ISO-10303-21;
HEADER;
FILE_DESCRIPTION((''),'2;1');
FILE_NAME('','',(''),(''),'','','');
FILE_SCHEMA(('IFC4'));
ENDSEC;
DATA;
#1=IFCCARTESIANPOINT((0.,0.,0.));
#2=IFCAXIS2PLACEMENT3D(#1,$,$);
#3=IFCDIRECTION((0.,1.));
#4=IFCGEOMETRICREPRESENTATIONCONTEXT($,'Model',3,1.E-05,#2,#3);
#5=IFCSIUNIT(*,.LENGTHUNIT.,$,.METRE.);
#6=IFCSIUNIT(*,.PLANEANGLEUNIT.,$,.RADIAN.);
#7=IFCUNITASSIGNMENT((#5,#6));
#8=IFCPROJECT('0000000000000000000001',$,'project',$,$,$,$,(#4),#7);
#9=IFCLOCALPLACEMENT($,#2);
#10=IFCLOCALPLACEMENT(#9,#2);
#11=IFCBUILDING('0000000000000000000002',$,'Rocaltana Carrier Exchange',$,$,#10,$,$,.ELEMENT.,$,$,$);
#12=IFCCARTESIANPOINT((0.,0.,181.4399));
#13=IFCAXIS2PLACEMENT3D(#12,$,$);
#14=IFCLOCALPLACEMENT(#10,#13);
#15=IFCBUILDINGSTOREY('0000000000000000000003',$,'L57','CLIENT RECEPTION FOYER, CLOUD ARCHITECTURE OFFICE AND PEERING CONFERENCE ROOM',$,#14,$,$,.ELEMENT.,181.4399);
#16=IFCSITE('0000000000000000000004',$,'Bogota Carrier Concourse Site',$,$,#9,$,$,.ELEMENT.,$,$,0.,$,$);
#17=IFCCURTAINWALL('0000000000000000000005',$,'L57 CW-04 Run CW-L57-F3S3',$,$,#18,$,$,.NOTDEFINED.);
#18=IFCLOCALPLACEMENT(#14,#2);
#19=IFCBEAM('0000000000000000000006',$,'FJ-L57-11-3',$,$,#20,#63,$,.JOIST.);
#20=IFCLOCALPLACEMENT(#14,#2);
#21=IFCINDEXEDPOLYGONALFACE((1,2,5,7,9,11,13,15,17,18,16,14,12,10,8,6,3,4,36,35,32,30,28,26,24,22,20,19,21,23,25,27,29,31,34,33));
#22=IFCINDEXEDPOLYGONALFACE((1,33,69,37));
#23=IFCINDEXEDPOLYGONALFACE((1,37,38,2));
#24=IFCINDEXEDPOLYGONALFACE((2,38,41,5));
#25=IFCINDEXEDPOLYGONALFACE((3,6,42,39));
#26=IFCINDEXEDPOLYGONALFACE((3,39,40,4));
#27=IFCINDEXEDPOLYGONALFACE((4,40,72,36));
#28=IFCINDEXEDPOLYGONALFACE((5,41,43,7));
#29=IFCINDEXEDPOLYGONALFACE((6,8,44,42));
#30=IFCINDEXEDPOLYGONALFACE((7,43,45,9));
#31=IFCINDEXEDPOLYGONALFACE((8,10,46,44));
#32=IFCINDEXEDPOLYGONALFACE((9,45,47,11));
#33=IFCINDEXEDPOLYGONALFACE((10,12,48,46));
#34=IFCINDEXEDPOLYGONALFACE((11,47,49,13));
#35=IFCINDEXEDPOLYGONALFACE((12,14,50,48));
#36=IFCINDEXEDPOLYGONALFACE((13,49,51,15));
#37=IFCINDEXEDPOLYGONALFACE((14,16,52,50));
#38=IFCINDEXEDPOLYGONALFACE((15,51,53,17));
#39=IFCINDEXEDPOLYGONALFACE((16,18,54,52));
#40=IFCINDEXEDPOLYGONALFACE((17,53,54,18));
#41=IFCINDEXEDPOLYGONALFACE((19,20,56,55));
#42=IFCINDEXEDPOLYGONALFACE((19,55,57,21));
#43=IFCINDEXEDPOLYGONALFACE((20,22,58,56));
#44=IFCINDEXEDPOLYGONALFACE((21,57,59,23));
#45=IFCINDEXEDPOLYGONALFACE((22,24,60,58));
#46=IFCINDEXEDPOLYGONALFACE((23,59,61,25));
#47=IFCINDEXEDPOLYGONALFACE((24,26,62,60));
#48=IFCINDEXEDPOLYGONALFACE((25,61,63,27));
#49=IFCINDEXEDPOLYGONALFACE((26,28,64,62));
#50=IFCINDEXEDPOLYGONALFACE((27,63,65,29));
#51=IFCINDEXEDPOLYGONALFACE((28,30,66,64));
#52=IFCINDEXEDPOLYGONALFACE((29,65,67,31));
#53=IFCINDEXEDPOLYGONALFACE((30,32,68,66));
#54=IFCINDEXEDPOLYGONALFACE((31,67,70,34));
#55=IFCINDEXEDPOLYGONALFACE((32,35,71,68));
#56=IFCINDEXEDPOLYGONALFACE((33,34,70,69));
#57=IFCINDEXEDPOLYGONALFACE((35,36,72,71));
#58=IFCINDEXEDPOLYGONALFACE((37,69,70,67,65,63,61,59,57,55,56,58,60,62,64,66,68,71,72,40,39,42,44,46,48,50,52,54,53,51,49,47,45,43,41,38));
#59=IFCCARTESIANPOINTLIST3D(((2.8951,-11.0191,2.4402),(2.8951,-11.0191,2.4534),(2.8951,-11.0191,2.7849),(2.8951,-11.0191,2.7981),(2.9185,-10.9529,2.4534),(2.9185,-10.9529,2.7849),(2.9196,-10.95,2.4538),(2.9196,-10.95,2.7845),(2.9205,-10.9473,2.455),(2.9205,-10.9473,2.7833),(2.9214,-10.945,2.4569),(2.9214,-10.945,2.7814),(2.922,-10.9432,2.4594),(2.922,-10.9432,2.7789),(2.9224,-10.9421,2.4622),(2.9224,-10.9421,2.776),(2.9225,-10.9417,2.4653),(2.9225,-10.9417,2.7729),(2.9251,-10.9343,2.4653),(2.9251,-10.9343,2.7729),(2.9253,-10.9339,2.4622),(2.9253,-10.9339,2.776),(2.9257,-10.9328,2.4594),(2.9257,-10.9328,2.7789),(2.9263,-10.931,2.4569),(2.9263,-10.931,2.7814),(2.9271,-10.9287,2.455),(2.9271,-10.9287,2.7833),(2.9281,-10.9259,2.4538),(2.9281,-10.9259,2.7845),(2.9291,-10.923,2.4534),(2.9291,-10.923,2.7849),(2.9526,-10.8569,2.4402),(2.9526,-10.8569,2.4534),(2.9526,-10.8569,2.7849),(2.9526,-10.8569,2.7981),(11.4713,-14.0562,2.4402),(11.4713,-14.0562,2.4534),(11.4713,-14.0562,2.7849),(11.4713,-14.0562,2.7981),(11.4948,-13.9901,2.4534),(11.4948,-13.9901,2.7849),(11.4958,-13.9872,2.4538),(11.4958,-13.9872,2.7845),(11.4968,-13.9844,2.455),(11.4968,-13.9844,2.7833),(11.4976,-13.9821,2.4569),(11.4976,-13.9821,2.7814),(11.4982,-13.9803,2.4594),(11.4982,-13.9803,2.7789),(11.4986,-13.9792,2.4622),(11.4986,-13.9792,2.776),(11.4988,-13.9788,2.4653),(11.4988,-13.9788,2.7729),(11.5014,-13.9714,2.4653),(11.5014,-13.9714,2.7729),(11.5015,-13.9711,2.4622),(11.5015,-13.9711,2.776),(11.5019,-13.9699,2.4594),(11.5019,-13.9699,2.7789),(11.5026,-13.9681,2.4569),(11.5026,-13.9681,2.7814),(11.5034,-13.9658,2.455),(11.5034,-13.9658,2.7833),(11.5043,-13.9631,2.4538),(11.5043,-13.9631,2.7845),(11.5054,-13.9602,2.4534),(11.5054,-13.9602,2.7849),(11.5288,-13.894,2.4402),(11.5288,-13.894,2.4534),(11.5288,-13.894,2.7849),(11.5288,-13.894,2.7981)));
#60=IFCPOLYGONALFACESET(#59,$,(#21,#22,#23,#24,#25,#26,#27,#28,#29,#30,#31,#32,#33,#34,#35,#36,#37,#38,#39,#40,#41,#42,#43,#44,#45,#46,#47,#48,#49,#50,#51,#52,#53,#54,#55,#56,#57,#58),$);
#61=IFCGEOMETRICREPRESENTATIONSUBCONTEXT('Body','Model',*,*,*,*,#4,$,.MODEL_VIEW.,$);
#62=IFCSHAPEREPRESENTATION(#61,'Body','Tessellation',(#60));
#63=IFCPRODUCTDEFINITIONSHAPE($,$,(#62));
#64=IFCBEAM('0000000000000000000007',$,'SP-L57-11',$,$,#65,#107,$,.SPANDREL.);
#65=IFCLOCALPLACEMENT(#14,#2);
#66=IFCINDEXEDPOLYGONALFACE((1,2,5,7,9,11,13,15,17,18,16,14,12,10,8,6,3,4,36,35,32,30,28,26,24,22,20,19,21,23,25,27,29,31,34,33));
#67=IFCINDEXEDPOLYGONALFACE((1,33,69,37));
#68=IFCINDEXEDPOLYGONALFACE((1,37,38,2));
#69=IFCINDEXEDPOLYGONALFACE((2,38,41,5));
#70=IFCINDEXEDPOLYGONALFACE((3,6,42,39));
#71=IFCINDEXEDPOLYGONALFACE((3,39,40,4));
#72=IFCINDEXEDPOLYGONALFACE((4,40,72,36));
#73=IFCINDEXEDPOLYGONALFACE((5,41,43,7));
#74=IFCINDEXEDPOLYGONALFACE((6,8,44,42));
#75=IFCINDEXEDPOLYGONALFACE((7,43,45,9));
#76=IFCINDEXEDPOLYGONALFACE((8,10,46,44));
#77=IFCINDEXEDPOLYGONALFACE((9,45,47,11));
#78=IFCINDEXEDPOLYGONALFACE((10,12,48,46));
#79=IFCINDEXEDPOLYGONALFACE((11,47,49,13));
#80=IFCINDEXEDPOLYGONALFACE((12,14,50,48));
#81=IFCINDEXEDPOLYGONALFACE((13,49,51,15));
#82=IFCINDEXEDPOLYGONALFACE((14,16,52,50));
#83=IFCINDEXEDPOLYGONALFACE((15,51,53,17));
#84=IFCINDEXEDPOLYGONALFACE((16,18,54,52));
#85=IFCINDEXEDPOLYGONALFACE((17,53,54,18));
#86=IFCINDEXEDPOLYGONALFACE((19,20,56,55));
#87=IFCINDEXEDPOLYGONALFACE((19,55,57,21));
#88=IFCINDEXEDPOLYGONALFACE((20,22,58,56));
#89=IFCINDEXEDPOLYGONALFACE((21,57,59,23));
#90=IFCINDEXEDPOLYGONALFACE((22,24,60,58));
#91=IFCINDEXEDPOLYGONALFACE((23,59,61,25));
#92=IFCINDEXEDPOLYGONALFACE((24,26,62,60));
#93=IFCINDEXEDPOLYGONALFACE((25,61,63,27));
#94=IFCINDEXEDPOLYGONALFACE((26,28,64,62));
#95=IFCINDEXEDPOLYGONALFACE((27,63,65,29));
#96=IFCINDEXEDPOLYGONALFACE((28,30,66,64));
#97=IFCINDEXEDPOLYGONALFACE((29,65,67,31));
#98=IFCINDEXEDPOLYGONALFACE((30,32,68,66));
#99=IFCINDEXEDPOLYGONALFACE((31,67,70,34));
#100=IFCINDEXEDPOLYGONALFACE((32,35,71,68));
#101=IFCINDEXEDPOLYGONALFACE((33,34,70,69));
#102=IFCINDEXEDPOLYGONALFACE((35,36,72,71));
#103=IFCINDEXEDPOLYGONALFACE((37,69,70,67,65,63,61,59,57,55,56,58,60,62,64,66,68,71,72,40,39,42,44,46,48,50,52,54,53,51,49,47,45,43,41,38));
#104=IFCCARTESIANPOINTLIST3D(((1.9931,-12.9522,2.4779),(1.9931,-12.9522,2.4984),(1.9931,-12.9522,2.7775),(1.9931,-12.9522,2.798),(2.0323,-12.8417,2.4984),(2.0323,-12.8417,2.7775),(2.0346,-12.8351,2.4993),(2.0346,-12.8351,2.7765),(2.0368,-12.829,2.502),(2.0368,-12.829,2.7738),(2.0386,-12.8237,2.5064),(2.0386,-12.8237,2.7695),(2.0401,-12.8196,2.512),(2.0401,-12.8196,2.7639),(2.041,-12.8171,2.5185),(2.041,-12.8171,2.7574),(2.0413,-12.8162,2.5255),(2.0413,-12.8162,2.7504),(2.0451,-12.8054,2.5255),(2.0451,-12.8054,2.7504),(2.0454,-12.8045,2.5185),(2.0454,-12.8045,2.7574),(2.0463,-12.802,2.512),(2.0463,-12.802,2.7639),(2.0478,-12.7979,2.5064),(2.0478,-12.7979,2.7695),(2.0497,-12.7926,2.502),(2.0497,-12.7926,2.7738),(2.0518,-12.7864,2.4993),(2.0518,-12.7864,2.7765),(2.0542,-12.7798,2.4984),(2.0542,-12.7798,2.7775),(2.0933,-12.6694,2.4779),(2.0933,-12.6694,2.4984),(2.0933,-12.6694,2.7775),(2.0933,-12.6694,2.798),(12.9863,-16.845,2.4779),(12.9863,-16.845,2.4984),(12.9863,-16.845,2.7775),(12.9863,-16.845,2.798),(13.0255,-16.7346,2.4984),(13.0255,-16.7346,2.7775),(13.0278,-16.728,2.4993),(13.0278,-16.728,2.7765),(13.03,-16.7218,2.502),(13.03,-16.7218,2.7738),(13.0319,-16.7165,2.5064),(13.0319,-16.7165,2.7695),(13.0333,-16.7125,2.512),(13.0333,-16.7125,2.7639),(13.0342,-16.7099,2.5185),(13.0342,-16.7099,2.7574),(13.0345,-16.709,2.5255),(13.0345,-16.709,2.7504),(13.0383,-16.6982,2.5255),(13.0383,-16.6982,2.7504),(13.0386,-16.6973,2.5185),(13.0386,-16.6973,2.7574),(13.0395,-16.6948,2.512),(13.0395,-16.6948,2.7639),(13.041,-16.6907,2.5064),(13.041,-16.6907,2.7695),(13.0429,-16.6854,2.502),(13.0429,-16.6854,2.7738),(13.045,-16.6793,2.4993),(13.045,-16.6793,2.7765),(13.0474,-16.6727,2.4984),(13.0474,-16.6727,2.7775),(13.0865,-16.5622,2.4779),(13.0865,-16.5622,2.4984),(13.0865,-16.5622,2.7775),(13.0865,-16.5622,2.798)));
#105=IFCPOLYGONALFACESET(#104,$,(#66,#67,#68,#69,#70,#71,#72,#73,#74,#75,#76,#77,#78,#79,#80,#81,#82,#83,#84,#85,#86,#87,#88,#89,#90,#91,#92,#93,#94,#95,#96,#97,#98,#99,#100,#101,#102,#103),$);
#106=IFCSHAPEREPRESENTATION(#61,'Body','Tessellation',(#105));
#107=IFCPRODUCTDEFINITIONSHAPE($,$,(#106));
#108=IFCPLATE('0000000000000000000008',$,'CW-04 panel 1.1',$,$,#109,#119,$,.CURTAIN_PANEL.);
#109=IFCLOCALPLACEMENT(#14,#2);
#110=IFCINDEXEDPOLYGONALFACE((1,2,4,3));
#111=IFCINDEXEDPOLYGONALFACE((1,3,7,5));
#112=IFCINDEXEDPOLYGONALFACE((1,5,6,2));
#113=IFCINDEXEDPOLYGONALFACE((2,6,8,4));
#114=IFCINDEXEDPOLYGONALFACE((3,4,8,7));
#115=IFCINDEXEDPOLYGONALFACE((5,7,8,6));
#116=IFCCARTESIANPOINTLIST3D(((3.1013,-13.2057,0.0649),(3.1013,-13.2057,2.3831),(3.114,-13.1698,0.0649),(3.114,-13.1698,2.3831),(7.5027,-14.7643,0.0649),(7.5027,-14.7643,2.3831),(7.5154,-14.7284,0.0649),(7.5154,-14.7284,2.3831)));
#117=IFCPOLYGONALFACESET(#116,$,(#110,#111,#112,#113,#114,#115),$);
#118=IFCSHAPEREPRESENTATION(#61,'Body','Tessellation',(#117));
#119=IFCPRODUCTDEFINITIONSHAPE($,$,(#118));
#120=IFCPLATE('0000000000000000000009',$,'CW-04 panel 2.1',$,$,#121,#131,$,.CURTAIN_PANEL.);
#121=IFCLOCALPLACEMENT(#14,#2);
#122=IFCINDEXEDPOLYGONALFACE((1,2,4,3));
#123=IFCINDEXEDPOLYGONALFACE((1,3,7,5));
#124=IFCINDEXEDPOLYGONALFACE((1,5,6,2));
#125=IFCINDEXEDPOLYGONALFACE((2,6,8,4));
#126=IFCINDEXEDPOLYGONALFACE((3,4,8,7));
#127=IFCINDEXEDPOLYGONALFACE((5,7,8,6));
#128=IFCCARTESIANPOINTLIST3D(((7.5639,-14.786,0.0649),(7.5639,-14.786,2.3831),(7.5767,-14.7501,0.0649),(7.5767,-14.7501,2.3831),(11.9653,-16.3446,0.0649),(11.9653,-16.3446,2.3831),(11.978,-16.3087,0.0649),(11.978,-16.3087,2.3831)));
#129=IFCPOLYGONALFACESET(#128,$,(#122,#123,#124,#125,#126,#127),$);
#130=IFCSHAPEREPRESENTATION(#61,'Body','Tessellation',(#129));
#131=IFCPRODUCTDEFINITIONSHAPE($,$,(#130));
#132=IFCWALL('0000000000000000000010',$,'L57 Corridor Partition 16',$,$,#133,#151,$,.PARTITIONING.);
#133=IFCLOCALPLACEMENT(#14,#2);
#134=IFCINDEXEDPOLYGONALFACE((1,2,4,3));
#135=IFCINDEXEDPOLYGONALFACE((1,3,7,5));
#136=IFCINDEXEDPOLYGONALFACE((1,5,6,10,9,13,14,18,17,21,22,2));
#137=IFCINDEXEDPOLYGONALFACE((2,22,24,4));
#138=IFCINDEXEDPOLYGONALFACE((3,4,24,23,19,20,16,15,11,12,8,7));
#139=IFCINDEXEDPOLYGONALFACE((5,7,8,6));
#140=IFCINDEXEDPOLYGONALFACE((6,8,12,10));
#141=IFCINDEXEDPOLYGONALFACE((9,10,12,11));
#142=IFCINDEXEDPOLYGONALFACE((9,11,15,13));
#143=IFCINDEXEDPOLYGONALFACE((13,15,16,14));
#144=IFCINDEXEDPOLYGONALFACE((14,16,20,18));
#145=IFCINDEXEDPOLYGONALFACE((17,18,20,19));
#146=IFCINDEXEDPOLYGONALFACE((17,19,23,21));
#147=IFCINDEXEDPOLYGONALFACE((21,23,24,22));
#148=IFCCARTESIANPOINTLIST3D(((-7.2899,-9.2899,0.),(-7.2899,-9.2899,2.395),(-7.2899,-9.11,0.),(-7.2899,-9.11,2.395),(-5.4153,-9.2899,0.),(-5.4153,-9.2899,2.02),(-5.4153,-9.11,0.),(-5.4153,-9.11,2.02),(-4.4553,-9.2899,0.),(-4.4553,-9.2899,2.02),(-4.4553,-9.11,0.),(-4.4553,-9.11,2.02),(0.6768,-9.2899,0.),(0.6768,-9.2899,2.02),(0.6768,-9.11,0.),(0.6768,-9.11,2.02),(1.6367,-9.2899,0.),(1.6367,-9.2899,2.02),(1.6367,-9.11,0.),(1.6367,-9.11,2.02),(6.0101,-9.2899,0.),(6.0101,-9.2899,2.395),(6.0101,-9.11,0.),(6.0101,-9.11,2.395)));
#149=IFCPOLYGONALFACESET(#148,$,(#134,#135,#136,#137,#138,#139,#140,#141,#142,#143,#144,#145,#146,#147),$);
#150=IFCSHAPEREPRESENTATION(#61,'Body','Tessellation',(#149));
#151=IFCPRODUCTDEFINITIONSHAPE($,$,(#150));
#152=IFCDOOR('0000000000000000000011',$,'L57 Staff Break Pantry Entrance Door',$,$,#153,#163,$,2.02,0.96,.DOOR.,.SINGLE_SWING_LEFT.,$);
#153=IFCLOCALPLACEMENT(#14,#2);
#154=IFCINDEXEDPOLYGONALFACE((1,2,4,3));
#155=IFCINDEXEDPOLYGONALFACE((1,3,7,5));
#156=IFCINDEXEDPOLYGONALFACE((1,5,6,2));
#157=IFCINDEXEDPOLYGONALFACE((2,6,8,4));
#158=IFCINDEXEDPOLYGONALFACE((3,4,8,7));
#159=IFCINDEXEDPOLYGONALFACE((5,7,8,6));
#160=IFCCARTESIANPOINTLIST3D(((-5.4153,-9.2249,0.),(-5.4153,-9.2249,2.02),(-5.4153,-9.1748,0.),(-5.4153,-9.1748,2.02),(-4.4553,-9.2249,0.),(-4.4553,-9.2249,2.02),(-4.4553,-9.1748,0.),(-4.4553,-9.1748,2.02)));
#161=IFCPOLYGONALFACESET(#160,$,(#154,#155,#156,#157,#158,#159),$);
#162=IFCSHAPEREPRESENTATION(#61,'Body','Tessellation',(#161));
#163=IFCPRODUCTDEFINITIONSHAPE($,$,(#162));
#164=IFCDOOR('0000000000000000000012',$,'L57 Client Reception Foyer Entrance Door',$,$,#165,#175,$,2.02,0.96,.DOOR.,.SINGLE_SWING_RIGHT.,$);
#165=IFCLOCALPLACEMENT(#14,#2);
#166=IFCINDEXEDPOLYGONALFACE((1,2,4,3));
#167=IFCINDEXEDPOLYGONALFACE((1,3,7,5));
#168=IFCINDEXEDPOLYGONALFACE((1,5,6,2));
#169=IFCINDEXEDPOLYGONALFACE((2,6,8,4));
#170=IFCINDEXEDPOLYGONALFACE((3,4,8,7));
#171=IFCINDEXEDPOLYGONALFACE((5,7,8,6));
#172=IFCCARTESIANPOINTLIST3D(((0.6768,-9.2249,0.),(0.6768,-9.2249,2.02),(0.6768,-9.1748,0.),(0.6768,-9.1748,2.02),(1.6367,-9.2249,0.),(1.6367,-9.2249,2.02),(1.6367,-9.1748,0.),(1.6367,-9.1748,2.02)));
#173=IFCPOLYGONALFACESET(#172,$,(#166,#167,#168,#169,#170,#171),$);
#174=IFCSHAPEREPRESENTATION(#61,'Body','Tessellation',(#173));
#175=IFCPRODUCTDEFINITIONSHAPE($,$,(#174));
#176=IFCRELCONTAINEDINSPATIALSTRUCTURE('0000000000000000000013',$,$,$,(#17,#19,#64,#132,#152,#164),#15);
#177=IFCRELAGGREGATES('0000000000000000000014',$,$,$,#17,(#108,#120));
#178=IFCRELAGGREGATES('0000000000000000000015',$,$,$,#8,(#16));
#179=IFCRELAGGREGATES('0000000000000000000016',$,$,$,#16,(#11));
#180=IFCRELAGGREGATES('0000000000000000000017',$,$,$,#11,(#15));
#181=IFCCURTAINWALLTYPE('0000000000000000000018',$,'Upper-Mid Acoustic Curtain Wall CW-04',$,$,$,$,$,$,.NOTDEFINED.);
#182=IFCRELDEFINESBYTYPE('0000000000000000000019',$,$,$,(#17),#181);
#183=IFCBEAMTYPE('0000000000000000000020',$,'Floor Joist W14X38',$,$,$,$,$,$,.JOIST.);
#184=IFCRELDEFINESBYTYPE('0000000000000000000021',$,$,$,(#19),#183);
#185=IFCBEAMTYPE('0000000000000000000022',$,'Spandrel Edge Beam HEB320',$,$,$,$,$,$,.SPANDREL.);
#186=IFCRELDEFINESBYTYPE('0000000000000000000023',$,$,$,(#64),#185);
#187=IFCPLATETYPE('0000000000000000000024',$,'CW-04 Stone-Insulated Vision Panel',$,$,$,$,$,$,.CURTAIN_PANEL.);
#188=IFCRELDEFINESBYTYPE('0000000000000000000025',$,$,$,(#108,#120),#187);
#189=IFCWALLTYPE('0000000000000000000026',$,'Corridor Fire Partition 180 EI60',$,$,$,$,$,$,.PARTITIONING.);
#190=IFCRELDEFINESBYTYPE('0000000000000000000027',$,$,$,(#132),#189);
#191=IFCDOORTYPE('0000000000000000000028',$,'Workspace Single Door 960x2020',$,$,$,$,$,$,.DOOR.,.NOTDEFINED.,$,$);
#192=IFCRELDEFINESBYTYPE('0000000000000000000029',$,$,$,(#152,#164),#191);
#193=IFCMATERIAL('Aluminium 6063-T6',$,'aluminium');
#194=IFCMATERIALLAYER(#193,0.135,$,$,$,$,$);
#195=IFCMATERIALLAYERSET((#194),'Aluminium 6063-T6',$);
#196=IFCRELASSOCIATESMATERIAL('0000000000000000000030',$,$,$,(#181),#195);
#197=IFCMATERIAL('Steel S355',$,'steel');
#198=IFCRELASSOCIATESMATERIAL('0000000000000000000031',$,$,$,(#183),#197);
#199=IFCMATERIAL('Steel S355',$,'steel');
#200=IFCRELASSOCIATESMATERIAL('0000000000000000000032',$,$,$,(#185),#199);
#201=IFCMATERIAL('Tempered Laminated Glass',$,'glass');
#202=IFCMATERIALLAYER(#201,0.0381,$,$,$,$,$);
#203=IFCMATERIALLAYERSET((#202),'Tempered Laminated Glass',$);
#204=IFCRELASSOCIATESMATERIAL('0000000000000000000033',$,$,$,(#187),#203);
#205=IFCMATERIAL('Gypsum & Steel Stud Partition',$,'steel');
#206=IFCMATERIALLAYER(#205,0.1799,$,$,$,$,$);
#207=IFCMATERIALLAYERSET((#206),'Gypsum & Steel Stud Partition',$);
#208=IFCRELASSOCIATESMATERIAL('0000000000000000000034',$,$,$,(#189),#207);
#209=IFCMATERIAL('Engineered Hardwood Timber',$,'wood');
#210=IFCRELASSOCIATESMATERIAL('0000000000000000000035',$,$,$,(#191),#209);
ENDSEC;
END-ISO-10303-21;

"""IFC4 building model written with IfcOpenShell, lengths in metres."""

from ifc_helpers import new_model, si_unit, direction, frame, frame_2d, origin, origin_2d, place, context, subcontext, project, spatial, rectangle, i_section, extrude, material, layer, layer_set, material_profile, profile_set, type_object, element, fill, aggregate, save


model = new_model("IFC4")

# Units and contexts
model_context = context("Model", 3, precision=1e-05, world=origin(), true_north=direction((0.0, 1.0)))
body_context = subcontext(model_context, "Body", "Model", "MODEL_VIEW")
ifc_project = project(units=[si_unit("LENGTHUNIT", "METRE"), si_unit("PLANEANGLEUNIT", "RADIAN")], contexts=[model_context])

# Site, building, storey
site_placement = place(None, origin())
site = spatial("IfcSite", under=ifc_project, at=site_placement, Name="Bogota Carrier Concourse Site", CompositionType="ELEMENT", RefElevation=0.0)
building_placement = place(site_placement, origin())
building = spatial("IfcBuilding", under=site, at=building_placement, Name="Rocaltana Carrier Exchange", CompositionType="ELEMENT")
storey_placement = place(building_placement, frame((0.0, 0.0, 181.4399)))
storey = spatial("IfcBuildingStorey", under=building, at=storey_placement, Name="L57", Description="CLIENT RECEPTION FOYER, CLOUD ARCHITECTURE OFFICE AND PEERING CONFERENCE ROOM", CompositionType="ELEMENT", Elevation=181.4399)

# Shared definitions
ifc_material_1 = material(Name="Aluminium 6063-T6", Category="aluminium")
ifc_layer_1 = layer(ifc_material_1, 0.135)
ifc_layer_set_1 = layer_set([ifc_layer_1], Name="Aluminium 6063-T6")
curtain_wall_type = type_object("IfcCurtainWallType", Name="Upper-Mid Acoustic Curtain Wall CW-04", PredefinedType="NOTDEFINED", material=ifc_layer_set_1)

# Curtain wall
curtain_wall_1_placement = place(storey_placement, origin())
curtain_wall_1 = element("IfcCurtainWall", 1, at=curtain_wall_1_placement, inside=storey, type_object=curtain_wall_type, Name="L57 CW-04 Run CW-L57-F3S3", PredefinedType="NOTDEFINED")

# Beams
ifc_material_2 = material(Name="Steel S355", Category="steel")
ifc_material_profile_1 = material_profile(ifc_material_2, i_section(OverallWidth=0.1721, OverallDepth=0.3579, WebThickness=0.0078, FlangeThickness=0.0132, FilletRadius=0.012, at=origin_2d()), Name="W14X38")
ifc_profile_set_1 = profile_set([ifc_material_profile_1], Name="Steel S355")
beam_type_1 = type_object("IfcBeamType", Name="Floor Joist W14X38", PredefinedType="JOIST", material=ifc_profile_set_1)
beam_1_placement = place(storey_placement, frame((2.9238, -10.938, 2.6191), z_axis=(0.942637, -0.333819, 0.0), x_axis=(0.333819, 0.942637, 0.0)))
element("IfcBeam", 2, at=beam_1_placement, inside=storey, type_object=beam_type_1, Name="FJ-L57-11-3", PredefinedType="JOIST", context=body_context, shape_type="SweptSolid", body=[
    extrude(i_section(OverallWidth=0.1721, OverallDepth=0.3579, WebThickness=0.0078, FlangeThickness=0.0132, FilletRadius=0.012, at=origin_2d()), origin(), (0.0, 0.0, 1.0), 9.0981),
])
ifc_material_3 = material(Name="Steel S355", Category="steel")
ifc_material_profile_2 = material_profile(ifc_material_3, i_section(OverallWidth=0.3, OverallDepth=0.3201, WebThickness=0.0115, FlangeThickness=0.0205, FilletRadius=0.0271, at=origin_2d()), Name="HEB320")
ifc_profile_set_2 = profile_set([ifc_material_profile_2], Name="Steel S355")
beam_type_2 = type_object("IfcBeamType", Name="Spandrel Edge Beam HEB320", PredefinedType="SPANDREL", material=ifc_profile_set_2)
beam_2_placement = place(storey_placement, frame((2.0432, -12.8108, 2.6379), z_axis=(0.942643, -0.333802, 0.0), x_axis=(0.333802, 0.942643, 0.0)))
element("IfcBeam", 3, at=beam_2_placement, inside=storey, type_object=beam_type_2, Name="SP-L57-11", PredefinedType="SPANDREL", context=body_context, shape_type="SweptSolid", body=[
    extrude(i_section(OverallWidth=0.3, OverallDepth=0.3201, WebThickness=0.0115, FlangeThickness=0.0205, FilletRadius=0.0271, at=origin_2d()), origin(), (0.0, 0.0, 1.0), 11.6621),
])

# Plates
ifc_material_4 = material(Name="Tempered Laminated Glass", Category="glass")
ifc_layer_2 = layer(ifc_material_4, 0.0381)
ifc_layer_set_2 = layer_set([ifc_layer_2], Name="Tempered Laminated Glass")
plate_type = type_object("IfcPlateType", Name="CW-04 Stone-Insulated Vision Panel", PredefinedType="CURTAIN_PANEL", material=ifc_layer_set_2)
plate_1_placement = place(storey_placement, frame((5.3083, -13.967, 0.0649), z_axis=(0.0, 0.0, 1.0), x_axis=(0.942644, -0.333799, 0.0)))
plate_1 = element("IfcPlate", 4, at=plate_1_placement, type_object=plate_type, Name="CW-04 panel 1.1", PredefinedType="CURTAIN_PANEL", context=body_context, shape_type="SweptSolid", body=[
    extrude(rectangle(XDim=4.6692, YDim=0.0381, at=origin_2d()), origin(), (0.0, 0.0, 1.0), 2.3181),
])
plate_2_placement = place(storey_placement, frame((9.771, -15.5474, 0.0649), z_axis=(0.0, 0.0, 1.0), x_axis=(0.942644, -0.333799, 0.0)))
plate_2 = element("IfcPlate", 5, at=plate_2_placement, type_object=plate_type, Name="CW-04 panel 2.1", PredefinedType="CURTAIN_PANEL", context=body_context, shape_type="SweptSolid", body=[
    extrude(rectangle(XDim=4.6692, YDim=0.0381, at=origin_2d()), origin(), (0.0, 0.0, 1.0), 2.3181),
])
aggregate(curtain_wall_1, [plate_1, plate_2])

# Wall, openings, doors
ifc_material_5 = material(Name="Gypsum & Steel Stud Partition", Category="steel")
ifc_layer_3 = layer(ifc_material_5, 0.1799)
ifc_layer_set_3 = layer_set([ifc_layer_3], Name="Gypsum & Steel Stud Partition")
wall_type_1 = type_object("IfcWallType", Name="Corridor Fire Partition 180 EI60", PredefinedType="PARTITIONING", material=ifc_layer_set_3)
wall_1_placement = place(storey_placement, frame((6.01, -9.2, 0.0), z_axis=(0.0, 0.0, 1.0), x_axis=(-1.0, 0.0, 0.0)))
wall_1 = element("IfcWall", 6, at=wall_1_placement, inside=storey, type_object=wall_type_1, Name="L57 Corridor Partition 16", PredefinedType="PARTITIONING", context=body_context, shape_type="SweptSolid", body=[
    extrude(rectangle(XDim=13.3, YDim=0.1799, at=frame_2d((6.6499, 0.0))), origin(), (0.0, 0.0, 1.0), 2.395),
])
opening_1_placement = place(wall_1_placement, frame((10.4653, 0.0, 0.0)))
opening_1 = element("IfcOpeningElement", 7, at=opening_1_placement, cuts=wall_1, PredefinedType="OPENING", context=body_context, shape_type="SweptSolid", body=[
    extrude(rectangle(XDim=0.96, YDim=2.02, at=frame_2d((0.48, 1.01))), frame((0.0, 0.0999, 0.0), z_axis=(0.0, -1.0, 0.0), x_axis=(1.0, 0.0, 0.0)), (0.0, 0.0, 1.0), 0.2),
])
opening_2_placement = place(wall_1_placement, frame((4.3733, 0.0, 0.0)))
opening_2 = element("IfcOpeningElement", 8, at=opening_2_placement, cuts=wall_1, PredefinedType="OPENING", context=body_context, shape_type="SweptSolid", body=[
    extrude(rectangle(XDim=0.96, YDim=2.02, at=frame_2d((0.48, 1.01))), frame((0.0, 0.0999, 0.0), z_axis=(0.0, -1.0, 0.0), x_axis=(1.0, 0.0, 0.0)), (0.0, 0.0, 1.0), 0.2),
])
ifc_material_6 = material(Name="Engineered Hardwood Timber", Category="wood")
door_type = type_object("IfcDoorType", Name="Workspace Single Door 960x2020", OperationType="NOTDEFINED", PredefinedType="DOOR", material=ifc_material_6)
door_1_placement = place(opening_1_placement, origin())
door_1 = element("IfcDoor", 9, at=door_1_placement, inside=storey, type_object=door_type, Name="L57 Staff Break Pantry Entrance Door", OperationType="SINGLE_SWING_LEFT", OverallHeight=2.02, OverallWidth=0.96, PredefinedType="DOOR", context=body_context, shape_type="SweptSolid", body=[
    extrude(rectangle(XDim=0.96, YDim=2.02, at=frame_2d((0.48, 1.01))), frame((0.0, 0.0249, 0.0), z_axis=(0.0, -1.0, 0.0), x_axis=(1.0, 0.0, 0.0)), (0.0, 0.0, 1.0), 0.05),
])
fill(opening_1, door_1)
door_2_placement = place(opening_2_placement, origin())
door_2 = element("IfcDoor", 10, at=door_2_placement, inside=storey, type_object=door_type, Name="L57 Client Reception Foyer Entrance Door", OperationType="SINGLE_SWING_RIGHT", OverallHeight=2.02, OverallWidth=0.96, PredefinedType="DOOR", context=body_context, shape_type="SweptSolid", body=[
    extrude(rectangle(XDim=0.96, YDim=2.02, at=frame_2d((0.48, 1.01))), frame((0.0, 0.0249, 0.0), z_axis=(0.0, -1.0, 0.0), x_axis=(1.0, 0.0, 0.0)), (0.0, 0.0, 1.0), 0.05),
])
fill(opening_2, door_2)

save(model, "model.ifc")
